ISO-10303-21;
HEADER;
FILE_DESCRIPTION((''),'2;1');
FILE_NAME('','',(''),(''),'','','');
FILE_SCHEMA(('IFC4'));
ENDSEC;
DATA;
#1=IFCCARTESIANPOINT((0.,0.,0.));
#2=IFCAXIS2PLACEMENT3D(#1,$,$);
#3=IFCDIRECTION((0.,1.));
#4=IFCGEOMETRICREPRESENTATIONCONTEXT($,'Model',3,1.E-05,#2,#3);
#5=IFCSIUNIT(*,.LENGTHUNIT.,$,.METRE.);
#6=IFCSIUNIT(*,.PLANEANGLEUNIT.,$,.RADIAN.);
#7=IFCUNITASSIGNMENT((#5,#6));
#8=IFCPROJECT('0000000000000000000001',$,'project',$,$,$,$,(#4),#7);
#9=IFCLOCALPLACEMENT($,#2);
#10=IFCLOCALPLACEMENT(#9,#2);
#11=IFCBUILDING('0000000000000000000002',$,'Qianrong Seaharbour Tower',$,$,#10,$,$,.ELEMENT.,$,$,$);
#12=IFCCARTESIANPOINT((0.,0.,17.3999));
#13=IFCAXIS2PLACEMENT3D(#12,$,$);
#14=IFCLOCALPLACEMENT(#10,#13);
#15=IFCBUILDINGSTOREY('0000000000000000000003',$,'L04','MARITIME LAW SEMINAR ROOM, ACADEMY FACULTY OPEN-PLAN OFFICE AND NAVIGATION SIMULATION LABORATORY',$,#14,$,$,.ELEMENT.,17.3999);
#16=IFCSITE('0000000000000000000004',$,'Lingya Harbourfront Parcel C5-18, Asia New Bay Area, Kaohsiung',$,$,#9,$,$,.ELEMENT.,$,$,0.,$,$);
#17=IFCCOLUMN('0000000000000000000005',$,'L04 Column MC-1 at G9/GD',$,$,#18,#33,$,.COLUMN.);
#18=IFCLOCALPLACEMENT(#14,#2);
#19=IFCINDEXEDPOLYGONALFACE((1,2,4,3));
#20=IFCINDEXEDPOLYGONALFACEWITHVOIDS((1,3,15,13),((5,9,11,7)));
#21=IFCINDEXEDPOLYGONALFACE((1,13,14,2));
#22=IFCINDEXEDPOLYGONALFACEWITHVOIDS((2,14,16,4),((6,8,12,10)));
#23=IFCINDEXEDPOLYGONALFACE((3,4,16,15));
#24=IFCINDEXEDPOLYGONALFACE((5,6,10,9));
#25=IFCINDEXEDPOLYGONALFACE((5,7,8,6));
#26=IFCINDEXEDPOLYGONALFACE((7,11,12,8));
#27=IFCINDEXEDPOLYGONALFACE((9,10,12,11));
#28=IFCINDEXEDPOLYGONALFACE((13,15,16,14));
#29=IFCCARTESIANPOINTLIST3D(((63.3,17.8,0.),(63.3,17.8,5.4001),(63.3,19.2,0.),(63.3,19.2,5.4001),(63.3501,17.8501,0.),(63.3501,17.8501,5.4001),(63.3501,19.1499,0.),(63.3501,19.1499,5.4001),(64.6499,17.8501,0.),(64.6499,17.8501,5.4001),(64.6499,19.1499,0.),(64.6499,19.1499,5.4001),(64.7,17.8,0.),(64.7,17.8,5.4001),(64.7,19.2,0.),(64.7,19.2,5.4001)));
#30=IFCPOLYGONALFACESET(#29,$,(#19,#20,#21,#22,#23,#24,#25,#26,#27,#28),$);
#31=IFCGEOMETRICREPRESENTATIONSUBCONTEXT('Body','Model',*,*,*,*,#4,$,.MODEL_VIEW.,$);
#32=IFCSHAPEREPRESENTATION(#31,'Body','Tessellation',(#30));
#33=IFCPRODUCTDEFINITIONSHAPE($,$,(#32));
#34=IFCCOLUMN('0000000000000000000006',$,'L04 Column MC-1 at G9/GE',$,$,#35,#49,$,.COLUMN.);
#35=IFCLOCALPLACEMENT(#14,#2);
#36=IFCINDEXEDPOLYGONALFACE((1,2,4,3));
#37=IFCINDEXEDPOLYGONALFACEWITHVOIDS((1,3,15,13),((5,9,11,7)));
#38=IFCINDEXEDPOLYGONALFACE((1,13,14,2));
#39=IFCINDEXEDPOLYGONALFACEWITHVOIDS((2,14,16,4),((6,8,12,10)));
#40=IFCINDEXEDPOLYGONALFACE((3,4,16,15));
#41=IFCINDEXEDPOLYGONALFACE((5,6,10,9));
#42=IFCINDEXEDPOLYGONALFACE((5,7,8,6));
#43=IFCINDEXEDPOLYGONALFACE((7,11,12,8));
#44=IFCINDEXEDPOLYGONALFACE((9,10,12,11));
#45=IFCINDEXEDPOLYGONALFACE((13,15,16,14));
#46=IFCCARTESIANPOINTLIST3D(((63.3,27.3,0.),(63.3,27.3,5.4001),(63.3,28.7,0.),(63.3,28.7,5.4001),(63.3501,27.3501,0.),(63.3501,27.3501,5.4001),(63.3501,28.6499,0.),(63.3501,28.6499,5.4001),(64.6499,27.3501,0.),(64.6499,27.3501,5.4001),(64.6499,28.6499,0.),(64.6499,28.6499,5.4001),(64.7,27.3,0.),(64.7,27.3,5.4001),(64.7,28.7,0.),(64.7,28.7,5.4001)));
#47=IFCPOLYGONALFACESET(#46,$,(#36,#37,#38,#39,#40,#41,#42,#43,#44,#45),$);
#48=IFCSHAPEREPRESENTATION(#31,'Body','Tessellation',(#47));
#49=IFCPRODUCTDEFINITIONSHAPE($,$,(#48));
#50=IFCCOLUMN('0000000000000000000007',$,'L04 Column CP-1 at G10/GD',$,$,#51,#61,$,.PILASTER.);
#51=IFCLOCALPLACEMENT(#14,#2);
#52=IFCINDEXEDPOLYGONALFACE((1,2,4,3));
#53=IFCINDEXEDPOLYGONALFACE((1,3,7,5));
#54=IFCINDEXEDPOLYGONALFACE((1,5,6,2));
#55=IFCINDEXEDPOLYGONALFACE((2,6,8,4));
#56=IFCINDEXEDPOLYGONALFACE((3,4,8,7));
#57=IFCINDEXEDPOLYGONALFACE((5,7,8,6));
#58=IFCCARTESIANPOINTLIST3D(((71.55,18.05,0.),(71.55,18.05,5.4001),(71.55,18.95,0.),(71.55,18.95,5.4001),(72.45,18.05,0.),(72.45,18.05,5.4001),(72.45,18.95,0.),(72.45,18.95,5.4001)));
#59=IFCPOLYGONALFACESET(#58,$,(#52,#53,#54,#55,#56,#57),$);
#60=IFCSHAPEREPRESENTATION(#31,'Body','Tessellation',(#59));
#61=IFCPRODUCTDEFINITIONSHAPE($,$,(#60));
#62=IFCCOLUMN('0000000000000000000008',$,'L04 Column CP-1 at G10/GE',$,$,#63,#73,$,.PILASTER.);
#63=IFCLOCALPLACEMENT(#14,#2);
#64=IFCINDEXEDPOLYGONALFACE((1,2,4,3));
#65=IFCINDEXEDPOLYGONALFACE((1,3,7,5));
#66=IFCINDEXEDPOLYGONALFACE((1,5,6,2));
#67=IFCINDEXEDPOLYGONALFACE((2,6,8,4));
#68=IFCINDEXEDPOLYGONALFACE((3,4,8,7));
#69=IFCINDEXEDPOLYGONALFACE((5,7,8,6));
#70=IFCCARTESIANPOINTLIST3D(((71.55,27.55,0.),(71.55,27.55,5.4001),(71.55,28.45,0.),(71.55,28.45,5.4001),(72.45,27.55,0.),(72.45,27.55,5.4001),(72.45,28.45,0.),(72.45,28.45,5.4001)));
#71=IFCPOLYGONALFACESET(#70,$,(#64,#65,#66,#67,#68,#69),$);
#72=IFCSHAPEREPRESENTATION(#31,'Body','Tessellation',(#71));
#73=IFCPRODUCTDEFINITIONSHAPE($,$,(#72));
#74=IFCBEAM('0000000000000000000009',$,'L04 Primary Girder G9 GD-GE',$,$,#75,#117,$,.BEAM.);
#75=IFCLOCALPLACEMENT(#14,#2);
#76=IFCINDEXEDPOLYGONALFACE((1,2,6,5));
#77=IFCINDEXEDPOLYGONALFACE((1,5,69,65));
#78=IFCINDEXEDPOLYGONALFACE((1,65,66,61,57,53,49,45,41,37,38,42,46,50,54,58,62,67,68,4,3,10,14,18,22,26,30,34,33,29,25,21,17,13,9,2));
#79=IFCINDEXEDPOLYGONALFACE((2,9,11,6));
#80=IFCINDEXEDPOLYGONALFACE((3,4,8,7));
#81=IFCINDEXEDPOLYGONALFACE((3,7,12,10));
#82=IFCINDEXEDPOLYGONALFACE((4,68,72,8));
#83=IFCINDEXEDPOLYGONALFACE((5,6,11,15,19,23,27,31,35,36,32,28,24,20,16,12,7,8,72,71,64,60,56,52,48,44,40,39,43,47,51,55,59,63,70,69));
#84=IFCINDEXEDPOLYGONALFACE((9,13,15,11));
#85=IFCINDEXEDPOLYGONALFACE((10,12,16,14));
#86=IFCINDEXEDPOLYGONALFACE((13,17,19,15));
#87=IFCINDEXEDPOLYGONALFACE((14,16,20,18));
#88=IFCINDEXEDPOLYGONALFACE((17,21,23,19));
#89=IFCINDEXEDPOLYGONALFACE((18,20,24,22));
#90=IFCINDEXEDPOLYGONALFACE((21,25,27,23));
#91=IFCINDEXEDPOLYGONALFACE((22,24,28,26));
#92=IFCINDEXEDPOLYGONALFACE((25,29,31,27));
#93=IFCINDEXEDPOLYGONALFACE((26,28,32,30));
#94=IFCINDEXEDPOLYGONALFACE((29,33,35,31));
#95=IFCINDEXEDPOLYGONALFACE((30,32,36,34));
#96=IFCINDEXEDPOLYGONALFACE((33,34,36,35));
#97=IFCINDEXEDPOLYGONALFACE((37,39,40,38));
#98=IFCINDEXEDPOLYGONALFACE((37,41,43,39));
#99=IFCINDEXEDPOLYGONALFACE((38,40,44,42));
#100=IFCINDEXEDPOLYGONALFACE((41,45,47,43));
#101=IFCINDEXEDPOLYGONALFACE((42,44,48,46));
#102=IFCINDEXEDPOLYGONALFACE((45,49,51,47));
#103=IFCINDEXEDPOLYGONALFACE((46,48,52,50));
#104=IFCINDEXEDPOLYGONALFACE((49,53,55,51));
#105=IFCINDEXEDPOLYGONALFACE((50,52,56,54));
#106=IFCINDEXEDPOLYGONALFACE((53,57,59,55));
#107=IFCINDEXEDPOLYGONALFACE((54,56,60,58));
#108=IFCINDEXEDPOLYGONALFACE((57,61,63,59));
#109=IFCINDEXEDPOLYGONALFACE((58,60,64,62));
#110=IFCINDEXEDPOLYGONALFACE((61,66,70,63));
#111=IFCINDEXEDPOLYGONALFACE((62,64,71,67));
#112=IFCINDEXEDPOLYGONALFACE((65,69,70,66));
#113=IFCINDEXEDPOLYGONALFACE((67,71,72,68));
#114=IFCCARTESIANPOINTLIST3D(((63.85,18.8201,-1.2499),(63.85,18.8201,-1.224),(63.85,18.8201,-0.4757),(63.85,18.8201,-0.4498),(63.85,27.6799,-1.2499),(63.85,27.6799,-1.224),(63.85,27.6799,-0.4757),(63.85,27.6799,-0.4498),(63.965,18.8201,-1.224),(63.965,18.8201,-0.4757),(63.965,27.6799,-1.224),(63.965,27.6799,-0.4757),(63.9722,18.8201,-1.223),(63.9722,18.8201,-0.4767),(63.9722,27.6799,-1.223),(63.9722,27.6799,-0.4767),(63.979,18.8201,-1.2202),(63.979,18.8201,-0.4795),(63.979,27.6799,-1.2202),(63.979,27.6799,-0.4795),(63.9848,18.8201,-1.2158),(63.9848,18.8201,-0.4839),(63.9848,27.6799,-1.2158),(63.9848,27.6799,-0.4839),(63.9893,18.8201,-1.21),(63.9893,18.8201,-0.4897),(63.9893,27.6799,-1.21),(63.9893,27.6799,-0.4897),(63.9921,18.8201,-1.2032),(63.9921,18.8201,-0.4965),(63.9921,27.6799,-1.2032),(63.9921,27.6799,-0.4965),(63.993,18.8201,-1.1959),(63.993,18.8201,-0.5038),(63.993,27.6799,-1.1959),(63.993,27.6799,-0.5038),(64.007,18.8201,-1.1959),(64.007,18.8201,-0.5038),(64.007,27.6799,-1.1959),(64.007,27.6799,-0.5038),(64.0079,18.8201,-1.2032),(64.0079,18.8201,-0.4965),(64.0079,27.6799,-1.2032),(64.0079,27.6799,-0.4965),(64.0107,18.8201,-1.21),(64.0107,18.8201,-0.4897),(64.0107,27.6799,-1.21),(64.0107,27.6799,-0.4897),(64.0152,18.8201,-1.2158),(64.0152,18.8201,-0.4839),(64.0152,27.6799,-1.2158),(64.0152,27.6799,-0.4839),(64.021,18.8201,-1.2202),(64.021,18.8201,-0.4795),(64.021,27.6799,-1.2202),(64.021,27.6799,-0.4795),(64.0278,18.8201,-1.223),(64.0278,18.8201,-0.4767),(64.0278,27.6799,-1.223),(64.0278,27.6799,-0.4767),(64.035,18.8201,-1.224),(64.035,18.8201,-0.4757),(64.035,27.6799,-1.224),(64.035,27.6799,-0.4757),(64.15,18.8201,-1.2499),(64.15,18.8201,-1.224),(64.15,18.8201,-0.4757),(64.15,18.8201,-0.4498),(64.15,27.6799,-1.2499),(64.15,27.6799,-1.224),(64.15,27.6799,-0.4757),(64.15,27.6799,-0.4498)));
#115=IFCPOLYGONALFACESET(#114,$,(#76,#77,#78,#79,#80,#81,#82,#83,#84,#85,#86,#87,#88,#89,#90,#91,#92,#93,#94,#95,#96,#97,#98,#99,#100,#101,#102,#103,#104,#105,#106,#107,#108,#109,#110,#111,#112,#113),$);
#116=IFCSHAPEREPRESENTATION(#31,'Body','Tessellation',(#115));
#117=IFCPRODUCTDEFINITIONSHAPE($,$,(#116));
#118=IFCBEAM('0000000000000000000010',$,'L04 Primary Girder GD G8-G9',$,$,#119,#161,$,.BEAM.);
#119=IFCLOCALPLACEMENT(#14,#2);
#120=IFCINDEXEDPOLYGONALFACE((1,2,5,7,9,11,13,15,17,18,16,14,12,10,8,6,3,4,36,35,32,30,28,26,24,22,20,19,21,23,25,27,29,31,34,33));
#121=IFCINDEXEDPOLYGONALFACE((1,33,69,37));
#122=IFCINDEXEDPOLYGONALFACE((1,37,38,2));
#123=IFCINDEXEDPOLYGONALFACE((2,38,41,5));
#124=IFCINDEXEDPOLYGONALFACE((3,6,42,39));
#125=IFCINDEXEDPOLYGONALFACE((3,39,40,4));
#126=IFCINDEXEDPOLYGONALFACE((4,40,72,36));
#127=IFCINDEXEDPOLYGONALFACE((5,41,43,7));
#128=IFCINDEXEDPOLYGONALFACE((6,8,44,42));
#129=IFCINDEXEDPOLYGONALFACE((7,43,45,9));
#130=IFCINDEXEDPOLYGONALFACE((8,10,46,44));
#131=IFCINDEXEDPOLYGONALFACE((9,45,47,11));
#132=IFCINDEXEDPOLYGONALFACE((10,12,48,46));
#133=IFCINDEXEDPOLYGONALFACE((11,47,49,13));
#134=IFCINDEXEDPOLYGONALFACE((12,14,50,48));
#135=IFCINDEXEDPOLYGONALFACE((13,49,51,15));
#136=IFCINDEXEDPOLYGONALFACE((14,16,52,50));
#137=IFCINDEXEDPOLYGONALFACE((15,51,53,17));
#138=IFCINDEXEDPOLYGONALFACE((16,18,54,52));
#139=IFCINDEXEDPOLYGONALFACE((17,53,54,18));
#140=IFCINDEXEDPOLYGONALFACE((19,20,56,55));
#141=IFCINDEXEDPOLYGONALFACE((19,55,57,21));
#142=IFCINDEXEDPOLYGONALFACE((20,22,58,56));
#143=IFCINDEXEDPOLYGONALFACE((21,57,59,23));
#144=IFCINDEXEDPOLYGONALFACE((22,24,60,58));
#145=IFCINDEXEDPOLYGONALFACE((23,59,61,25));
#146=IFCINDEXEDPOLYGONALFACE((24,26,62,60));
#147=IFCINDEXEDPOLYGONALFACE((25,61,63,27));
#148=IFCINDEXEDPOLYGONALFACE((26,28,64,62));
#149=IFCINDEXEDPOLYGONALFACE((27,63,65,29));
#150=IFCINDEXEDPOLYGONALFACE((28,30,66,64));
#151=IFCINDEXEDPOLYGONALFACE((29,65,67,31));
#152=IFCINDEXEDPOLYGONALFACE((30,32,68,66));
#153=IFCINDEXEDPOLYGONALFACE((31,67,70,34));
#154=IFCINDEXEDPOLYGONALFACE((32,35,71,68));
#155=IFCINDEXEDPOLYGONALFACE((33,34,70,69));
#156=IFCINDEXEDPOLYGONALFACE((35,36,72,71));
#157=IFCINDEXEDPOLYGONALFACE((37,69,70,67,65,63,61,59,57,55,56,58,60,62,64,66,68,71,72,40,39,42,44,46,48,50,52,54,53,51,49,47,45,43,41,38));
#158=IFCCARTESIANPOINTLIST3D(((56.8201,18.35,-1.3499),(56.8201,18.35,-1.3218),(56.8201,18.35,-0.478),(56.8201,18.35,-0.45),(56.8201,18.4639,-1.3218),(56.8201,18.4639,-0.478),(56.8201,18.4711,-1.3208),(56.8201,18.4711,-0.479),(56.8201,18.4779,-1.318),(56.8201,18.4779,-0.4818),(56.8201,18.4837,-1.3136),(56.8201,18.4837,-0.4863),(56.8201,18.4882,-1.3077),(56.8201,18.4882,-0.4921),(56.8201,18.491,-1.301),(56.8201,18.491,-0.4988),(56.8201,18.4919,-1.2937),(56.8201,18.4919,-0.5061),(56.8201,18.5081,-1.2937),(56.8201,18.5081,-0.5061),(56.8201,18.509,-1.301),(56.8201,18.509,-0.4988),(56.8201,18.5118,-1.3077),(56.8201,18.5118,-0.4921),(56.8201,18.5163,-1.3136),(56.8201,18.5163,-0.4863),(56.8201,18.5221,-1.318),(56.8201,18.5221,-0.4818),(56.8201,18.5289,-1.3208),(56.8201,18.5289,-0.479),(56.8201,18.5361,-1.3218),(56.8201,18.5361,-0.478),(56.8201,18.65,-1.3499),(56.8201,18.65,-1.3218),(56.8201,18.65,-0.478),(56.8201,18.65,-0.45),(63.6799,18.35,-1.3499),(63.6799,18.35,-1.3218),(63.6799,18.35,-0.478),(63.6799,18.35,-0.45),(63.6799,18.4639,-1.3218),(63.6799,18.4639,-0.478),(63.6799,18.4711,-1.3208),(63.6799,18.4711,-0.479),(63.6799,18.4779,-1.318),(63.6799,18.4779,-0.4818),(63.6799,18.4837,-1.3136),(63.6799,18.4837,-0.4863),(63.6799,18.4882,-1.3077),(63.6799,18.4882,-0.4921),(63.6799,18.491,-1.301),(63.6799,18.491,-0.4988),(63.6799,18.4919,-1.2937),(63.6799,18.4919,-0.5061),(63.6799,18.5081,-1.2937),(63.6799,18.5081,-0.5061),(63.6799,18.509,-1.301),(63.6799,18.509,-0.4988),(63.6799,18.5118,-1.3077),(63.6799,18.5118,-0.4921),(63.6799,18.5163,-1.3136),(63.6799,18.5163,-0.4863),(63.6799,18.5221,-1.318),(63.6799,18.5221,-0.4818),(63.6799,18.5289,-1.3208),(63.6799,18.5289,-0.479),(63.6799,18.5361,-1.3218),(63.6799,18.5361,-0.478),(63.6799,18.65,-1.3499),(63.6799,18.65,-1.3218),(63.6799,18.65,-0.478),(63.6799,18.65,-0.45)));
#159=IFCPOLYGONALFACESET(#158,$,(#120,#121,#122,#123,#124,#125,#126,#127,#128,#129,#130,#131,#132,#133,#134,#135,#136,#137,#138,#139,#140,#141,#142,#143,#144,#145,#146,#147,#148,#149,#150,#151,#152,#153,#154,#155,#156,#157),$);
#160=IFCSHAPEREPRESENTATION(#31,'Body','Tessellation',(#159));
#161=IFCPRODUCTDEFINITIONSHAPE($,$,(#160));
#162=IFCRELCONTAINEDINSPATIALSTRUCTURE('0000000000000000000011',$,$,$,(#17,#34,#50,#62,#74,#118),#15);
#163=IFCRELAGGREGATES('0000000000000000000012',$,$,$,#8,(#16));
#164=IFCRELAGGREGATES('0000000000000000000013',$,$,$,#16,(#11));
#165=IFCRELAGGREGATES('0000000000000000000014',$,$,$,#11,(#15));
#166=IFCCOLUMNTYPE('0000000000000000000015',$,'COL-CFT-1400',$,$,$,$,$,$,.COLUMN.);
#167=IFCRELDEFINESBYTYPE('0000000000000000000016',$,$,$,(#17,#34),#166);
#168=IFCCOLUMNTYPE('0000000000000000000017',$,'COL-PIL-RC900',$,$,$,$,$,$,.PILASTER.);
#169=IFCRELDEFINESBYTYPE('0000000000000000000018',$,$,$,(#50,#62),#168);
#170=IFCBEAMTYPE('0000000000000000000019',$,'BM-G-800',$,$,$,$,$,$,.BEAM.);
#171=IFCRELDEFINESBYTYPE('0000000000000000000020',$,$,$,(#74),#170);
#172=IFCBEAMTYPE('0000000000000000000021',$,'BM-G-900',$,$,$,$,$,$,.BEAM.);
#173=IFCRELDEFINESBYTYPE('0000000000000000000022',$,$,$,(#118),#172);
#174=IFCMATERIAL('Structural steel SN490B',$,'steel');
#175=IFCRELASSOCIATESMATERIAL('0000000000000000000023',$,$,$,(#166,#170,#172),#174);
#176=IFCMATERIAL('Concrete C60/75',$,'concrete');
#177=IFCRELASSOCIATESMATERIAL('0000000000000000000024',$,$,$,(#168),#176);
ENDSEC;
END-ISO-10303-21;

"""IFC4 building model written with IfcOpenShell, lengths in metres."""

from ifc_helpers import new_model, si_unit, direction, frame, origin, origin_2d, place, context, subcontext, project, spatial, rectangle, hollow_rectangle, i_section, extrude, material, material_profile, profile_set, type_object, element, save


model = new_model("IFC4")

# Units and contexts
model_context = context("Model", 3, precision=1e-05, world=origin(), true_north=direction((0.0, 1.0)))
body_context = subcontext(model_context, "Body", "Model", "MODEL_VIEW")
ifc_project = project(units=[si_unit("LENGTHUNIT", "METRE"), si_unit("PLANEANGLEUNIT", "RADIAN")], contexts=[model_context])

# Site, building, storey
site_placement = place(None, origin())
site = spatial("IfcSite", under=ifc_project, at=site_placement, Name="Lingya Harbourfront Parcel C5-18, Asia New Bay Area, Kaohsiung", CompositionType="ELEMENT", RefElevation=0.0)
building_placement = place(site_placement, origin())
building = spatial("IfcBuilding", under=site, at=building_placement, Name="Qianrong Seaharbour Tower", CompositionType="ELEMENT")
storey_placement = place(building_placement, frame((0.0, 0.0, 17.3999)))
storey = spatial("IfcBuildingStorey", under=building, at=storey_placement, Name="L04", Description="MARITIME LAW SEMINAR ROOM, ACADEMY FACULTY OPEN-PLAN OFFICE AND NAVIGATION SIMULATION LABORATORY", CompositionType="ELEMENT", Elevation=17.3999)

# Columns
ifc_material_1 = material(Name="Structural steel SN490B", Category="steel")
ifc_material_profile_1 = material_profile(ifc_material_1, hollow_rectangle(XDim=1.3999, YDim=1.3999, WallThickness=0.05, at=origin_2d()), Name="BOX1400x1400x50")
ifc_profile_set_1 = profile_set([ifc_material_profile_1], Name="Structural steel SN490B")
column_type_1 = type_object("IfcColumnType", Name="COL-CFT-1400", PredefinedType="COLUMN", material=ifc_profile_set_1)
for number, where, z_axis, x_axis, name in (
    (1, (64.0, 18.5, 0.0), (0.0, 0.0, 1.0), (1.0, 0.0, 0.0), "L04 Column MC-1 at G9/GD"),
    (2, (64.0, 28.0, 0.0), (0.0, 0.0, 1.0), (1.0, 0.0, 0.0), "L04 Column MC-1 at G9/GE"),
):
    element("IfcColumn", number, at=place(storey_placement, frame(where, z_axis=z_axis, x_axis=x_axis)), inside=storey, type_object=column_type_1, Name=name, PredefinedType="COLUMN", context=body_context, shape_type="SweptSolid", body=[
        extrude(hollow_rectangle(XDim=1.3999, YDim=1.3999, WallThickness=0.05, at=origin_2d()), origin(), (0.0, 0.0, 1.0), 5.4001),
    ])
ifc_material_2 = material(Name="Concrete C60/75", Category="concrete")
ifc_material_profile_2 = material_profile(ifc_material_2, rectangle(XDim=0.8999, YDim=0.8999, at=origin_2d()), Name="RC900x900")
ifc_profile_set_2 = profile_set([ifc_material_profile_2], Name="Concrete C60/75")
column_type_2 = type_object("IfcColumnType", Name="COL-PIL-RC900", PredefinedType="PILASTER", material=ifc_profile_set_2)
for number, where, z_axis, x_axis, name in (
    (3, (72.0, 18.5, 0.0), (0.0, 0.0, 1.0), (1.0, 0.0, 0.0), "L04 Column CP-1 at G10/GD"),
    (4, (72.0, 28.0, 0.0), (0.0, 0.0, 1.0), (1.0, 0.0, 0.0), "L04 Column CP-1 at G10/GE"),
):
    element("IfcColumn", number, at=place(storey_placement, frame(where, z_axis=z_axis, x_axis=x_axis)), inside=storey, type_object=column_type_2, Name=name, PredefinedType="PILASTER", context=body_context, shape_type="SweptSolid", body=[
        extrude(rectangle(XDim=0.8999, YDim=0.8999, at=origin_2d()), origin(), (0.0, 0.0, 1.0), 5.4001),
    ])

# Beams
ifc_material_profile_3 = material_profile(ifc_material_1, i_section(OverallWidth=0.3, OverallDepth=0.8, WebThickness=0.0139, FlangeThickness=0.0259, FilletRadius=0.0281, at=origin_2d()), Name="H800x300x14x26")
ifc_profile_set_3 = profile_set([ifc_material_profile_3], Name="Structural steel SN490B")
beam_type_1 = type_object("IfcBeamType", Name="BM-G-800", PredefinedType="BEAM", material=ifc_profile_set_3)
beam_1_placement = place(storey_placement, frame((64.0, 18.8201, -0.8499), z_axis=(0.0, 1.0, 0.0), x_axis=(-1.0, 0.0, 0.0)))
element("IfcBeam", 5, at=beam_1_placement, inside=storey, type_object=beam_type_1, Name="L04 Primary Girder G9 GD-GE", PredefinedType="BEAM", context=body_context, shape_type="SweptSolid", body=[
    extrude(i_section(OverallWidth=0.3, OverallDepth=0.8, WebThickness=0.0139, FlangeThickness=0.0259, FilletRadius=0.0281, at=origin_2d()), origin(), (0.0, 0.0, 1.0), 8.8599),
])
ifc_material_profile_4 = material_profile(ifc_material_1, i_section(OverallWidth=0.3, OverallDepth=0.8999, WebThickness=0.0161, FlangeThickness=0.0281, FilletRadius=0.0281, at=origin_2d()), Name="H900x300x16x28")
ifc_profile_set_4 = profile_set([ifc_material_profile_4], Name="Structural steel SN490B")
beam_type_2 = type_object("IfcBeamType", Name="BM-G-900", PredefinedType="BEAM", material=ifc_profile_set_4)
beam_2_placement = place(storey_placement, frame((56.8201, 18.5, -0.8999), z_axis=(1.0, 0.0, 0.0), x_axis=(0.0, 1.0, 0.0)))
element("IfcBeam", 6, at=beam_2_placement, inside=storey, type_object=beam_type_2, Name="L04 Primary Girder GD G8-G9", PredefinedType="BEAM", context=body_context, shape_type="SweptSolid", body=[
    extrude(i_section(OverallWidth=0.3, OverallDepth=0.8999, WebThickness=0.0161, FlangeThickness=0.0281, FilletRadius=0.0281, at=origin_2d()), origin(), (0.0, 0.0, 1.0), 6.8599),
])

save(model, "model.ifc")
